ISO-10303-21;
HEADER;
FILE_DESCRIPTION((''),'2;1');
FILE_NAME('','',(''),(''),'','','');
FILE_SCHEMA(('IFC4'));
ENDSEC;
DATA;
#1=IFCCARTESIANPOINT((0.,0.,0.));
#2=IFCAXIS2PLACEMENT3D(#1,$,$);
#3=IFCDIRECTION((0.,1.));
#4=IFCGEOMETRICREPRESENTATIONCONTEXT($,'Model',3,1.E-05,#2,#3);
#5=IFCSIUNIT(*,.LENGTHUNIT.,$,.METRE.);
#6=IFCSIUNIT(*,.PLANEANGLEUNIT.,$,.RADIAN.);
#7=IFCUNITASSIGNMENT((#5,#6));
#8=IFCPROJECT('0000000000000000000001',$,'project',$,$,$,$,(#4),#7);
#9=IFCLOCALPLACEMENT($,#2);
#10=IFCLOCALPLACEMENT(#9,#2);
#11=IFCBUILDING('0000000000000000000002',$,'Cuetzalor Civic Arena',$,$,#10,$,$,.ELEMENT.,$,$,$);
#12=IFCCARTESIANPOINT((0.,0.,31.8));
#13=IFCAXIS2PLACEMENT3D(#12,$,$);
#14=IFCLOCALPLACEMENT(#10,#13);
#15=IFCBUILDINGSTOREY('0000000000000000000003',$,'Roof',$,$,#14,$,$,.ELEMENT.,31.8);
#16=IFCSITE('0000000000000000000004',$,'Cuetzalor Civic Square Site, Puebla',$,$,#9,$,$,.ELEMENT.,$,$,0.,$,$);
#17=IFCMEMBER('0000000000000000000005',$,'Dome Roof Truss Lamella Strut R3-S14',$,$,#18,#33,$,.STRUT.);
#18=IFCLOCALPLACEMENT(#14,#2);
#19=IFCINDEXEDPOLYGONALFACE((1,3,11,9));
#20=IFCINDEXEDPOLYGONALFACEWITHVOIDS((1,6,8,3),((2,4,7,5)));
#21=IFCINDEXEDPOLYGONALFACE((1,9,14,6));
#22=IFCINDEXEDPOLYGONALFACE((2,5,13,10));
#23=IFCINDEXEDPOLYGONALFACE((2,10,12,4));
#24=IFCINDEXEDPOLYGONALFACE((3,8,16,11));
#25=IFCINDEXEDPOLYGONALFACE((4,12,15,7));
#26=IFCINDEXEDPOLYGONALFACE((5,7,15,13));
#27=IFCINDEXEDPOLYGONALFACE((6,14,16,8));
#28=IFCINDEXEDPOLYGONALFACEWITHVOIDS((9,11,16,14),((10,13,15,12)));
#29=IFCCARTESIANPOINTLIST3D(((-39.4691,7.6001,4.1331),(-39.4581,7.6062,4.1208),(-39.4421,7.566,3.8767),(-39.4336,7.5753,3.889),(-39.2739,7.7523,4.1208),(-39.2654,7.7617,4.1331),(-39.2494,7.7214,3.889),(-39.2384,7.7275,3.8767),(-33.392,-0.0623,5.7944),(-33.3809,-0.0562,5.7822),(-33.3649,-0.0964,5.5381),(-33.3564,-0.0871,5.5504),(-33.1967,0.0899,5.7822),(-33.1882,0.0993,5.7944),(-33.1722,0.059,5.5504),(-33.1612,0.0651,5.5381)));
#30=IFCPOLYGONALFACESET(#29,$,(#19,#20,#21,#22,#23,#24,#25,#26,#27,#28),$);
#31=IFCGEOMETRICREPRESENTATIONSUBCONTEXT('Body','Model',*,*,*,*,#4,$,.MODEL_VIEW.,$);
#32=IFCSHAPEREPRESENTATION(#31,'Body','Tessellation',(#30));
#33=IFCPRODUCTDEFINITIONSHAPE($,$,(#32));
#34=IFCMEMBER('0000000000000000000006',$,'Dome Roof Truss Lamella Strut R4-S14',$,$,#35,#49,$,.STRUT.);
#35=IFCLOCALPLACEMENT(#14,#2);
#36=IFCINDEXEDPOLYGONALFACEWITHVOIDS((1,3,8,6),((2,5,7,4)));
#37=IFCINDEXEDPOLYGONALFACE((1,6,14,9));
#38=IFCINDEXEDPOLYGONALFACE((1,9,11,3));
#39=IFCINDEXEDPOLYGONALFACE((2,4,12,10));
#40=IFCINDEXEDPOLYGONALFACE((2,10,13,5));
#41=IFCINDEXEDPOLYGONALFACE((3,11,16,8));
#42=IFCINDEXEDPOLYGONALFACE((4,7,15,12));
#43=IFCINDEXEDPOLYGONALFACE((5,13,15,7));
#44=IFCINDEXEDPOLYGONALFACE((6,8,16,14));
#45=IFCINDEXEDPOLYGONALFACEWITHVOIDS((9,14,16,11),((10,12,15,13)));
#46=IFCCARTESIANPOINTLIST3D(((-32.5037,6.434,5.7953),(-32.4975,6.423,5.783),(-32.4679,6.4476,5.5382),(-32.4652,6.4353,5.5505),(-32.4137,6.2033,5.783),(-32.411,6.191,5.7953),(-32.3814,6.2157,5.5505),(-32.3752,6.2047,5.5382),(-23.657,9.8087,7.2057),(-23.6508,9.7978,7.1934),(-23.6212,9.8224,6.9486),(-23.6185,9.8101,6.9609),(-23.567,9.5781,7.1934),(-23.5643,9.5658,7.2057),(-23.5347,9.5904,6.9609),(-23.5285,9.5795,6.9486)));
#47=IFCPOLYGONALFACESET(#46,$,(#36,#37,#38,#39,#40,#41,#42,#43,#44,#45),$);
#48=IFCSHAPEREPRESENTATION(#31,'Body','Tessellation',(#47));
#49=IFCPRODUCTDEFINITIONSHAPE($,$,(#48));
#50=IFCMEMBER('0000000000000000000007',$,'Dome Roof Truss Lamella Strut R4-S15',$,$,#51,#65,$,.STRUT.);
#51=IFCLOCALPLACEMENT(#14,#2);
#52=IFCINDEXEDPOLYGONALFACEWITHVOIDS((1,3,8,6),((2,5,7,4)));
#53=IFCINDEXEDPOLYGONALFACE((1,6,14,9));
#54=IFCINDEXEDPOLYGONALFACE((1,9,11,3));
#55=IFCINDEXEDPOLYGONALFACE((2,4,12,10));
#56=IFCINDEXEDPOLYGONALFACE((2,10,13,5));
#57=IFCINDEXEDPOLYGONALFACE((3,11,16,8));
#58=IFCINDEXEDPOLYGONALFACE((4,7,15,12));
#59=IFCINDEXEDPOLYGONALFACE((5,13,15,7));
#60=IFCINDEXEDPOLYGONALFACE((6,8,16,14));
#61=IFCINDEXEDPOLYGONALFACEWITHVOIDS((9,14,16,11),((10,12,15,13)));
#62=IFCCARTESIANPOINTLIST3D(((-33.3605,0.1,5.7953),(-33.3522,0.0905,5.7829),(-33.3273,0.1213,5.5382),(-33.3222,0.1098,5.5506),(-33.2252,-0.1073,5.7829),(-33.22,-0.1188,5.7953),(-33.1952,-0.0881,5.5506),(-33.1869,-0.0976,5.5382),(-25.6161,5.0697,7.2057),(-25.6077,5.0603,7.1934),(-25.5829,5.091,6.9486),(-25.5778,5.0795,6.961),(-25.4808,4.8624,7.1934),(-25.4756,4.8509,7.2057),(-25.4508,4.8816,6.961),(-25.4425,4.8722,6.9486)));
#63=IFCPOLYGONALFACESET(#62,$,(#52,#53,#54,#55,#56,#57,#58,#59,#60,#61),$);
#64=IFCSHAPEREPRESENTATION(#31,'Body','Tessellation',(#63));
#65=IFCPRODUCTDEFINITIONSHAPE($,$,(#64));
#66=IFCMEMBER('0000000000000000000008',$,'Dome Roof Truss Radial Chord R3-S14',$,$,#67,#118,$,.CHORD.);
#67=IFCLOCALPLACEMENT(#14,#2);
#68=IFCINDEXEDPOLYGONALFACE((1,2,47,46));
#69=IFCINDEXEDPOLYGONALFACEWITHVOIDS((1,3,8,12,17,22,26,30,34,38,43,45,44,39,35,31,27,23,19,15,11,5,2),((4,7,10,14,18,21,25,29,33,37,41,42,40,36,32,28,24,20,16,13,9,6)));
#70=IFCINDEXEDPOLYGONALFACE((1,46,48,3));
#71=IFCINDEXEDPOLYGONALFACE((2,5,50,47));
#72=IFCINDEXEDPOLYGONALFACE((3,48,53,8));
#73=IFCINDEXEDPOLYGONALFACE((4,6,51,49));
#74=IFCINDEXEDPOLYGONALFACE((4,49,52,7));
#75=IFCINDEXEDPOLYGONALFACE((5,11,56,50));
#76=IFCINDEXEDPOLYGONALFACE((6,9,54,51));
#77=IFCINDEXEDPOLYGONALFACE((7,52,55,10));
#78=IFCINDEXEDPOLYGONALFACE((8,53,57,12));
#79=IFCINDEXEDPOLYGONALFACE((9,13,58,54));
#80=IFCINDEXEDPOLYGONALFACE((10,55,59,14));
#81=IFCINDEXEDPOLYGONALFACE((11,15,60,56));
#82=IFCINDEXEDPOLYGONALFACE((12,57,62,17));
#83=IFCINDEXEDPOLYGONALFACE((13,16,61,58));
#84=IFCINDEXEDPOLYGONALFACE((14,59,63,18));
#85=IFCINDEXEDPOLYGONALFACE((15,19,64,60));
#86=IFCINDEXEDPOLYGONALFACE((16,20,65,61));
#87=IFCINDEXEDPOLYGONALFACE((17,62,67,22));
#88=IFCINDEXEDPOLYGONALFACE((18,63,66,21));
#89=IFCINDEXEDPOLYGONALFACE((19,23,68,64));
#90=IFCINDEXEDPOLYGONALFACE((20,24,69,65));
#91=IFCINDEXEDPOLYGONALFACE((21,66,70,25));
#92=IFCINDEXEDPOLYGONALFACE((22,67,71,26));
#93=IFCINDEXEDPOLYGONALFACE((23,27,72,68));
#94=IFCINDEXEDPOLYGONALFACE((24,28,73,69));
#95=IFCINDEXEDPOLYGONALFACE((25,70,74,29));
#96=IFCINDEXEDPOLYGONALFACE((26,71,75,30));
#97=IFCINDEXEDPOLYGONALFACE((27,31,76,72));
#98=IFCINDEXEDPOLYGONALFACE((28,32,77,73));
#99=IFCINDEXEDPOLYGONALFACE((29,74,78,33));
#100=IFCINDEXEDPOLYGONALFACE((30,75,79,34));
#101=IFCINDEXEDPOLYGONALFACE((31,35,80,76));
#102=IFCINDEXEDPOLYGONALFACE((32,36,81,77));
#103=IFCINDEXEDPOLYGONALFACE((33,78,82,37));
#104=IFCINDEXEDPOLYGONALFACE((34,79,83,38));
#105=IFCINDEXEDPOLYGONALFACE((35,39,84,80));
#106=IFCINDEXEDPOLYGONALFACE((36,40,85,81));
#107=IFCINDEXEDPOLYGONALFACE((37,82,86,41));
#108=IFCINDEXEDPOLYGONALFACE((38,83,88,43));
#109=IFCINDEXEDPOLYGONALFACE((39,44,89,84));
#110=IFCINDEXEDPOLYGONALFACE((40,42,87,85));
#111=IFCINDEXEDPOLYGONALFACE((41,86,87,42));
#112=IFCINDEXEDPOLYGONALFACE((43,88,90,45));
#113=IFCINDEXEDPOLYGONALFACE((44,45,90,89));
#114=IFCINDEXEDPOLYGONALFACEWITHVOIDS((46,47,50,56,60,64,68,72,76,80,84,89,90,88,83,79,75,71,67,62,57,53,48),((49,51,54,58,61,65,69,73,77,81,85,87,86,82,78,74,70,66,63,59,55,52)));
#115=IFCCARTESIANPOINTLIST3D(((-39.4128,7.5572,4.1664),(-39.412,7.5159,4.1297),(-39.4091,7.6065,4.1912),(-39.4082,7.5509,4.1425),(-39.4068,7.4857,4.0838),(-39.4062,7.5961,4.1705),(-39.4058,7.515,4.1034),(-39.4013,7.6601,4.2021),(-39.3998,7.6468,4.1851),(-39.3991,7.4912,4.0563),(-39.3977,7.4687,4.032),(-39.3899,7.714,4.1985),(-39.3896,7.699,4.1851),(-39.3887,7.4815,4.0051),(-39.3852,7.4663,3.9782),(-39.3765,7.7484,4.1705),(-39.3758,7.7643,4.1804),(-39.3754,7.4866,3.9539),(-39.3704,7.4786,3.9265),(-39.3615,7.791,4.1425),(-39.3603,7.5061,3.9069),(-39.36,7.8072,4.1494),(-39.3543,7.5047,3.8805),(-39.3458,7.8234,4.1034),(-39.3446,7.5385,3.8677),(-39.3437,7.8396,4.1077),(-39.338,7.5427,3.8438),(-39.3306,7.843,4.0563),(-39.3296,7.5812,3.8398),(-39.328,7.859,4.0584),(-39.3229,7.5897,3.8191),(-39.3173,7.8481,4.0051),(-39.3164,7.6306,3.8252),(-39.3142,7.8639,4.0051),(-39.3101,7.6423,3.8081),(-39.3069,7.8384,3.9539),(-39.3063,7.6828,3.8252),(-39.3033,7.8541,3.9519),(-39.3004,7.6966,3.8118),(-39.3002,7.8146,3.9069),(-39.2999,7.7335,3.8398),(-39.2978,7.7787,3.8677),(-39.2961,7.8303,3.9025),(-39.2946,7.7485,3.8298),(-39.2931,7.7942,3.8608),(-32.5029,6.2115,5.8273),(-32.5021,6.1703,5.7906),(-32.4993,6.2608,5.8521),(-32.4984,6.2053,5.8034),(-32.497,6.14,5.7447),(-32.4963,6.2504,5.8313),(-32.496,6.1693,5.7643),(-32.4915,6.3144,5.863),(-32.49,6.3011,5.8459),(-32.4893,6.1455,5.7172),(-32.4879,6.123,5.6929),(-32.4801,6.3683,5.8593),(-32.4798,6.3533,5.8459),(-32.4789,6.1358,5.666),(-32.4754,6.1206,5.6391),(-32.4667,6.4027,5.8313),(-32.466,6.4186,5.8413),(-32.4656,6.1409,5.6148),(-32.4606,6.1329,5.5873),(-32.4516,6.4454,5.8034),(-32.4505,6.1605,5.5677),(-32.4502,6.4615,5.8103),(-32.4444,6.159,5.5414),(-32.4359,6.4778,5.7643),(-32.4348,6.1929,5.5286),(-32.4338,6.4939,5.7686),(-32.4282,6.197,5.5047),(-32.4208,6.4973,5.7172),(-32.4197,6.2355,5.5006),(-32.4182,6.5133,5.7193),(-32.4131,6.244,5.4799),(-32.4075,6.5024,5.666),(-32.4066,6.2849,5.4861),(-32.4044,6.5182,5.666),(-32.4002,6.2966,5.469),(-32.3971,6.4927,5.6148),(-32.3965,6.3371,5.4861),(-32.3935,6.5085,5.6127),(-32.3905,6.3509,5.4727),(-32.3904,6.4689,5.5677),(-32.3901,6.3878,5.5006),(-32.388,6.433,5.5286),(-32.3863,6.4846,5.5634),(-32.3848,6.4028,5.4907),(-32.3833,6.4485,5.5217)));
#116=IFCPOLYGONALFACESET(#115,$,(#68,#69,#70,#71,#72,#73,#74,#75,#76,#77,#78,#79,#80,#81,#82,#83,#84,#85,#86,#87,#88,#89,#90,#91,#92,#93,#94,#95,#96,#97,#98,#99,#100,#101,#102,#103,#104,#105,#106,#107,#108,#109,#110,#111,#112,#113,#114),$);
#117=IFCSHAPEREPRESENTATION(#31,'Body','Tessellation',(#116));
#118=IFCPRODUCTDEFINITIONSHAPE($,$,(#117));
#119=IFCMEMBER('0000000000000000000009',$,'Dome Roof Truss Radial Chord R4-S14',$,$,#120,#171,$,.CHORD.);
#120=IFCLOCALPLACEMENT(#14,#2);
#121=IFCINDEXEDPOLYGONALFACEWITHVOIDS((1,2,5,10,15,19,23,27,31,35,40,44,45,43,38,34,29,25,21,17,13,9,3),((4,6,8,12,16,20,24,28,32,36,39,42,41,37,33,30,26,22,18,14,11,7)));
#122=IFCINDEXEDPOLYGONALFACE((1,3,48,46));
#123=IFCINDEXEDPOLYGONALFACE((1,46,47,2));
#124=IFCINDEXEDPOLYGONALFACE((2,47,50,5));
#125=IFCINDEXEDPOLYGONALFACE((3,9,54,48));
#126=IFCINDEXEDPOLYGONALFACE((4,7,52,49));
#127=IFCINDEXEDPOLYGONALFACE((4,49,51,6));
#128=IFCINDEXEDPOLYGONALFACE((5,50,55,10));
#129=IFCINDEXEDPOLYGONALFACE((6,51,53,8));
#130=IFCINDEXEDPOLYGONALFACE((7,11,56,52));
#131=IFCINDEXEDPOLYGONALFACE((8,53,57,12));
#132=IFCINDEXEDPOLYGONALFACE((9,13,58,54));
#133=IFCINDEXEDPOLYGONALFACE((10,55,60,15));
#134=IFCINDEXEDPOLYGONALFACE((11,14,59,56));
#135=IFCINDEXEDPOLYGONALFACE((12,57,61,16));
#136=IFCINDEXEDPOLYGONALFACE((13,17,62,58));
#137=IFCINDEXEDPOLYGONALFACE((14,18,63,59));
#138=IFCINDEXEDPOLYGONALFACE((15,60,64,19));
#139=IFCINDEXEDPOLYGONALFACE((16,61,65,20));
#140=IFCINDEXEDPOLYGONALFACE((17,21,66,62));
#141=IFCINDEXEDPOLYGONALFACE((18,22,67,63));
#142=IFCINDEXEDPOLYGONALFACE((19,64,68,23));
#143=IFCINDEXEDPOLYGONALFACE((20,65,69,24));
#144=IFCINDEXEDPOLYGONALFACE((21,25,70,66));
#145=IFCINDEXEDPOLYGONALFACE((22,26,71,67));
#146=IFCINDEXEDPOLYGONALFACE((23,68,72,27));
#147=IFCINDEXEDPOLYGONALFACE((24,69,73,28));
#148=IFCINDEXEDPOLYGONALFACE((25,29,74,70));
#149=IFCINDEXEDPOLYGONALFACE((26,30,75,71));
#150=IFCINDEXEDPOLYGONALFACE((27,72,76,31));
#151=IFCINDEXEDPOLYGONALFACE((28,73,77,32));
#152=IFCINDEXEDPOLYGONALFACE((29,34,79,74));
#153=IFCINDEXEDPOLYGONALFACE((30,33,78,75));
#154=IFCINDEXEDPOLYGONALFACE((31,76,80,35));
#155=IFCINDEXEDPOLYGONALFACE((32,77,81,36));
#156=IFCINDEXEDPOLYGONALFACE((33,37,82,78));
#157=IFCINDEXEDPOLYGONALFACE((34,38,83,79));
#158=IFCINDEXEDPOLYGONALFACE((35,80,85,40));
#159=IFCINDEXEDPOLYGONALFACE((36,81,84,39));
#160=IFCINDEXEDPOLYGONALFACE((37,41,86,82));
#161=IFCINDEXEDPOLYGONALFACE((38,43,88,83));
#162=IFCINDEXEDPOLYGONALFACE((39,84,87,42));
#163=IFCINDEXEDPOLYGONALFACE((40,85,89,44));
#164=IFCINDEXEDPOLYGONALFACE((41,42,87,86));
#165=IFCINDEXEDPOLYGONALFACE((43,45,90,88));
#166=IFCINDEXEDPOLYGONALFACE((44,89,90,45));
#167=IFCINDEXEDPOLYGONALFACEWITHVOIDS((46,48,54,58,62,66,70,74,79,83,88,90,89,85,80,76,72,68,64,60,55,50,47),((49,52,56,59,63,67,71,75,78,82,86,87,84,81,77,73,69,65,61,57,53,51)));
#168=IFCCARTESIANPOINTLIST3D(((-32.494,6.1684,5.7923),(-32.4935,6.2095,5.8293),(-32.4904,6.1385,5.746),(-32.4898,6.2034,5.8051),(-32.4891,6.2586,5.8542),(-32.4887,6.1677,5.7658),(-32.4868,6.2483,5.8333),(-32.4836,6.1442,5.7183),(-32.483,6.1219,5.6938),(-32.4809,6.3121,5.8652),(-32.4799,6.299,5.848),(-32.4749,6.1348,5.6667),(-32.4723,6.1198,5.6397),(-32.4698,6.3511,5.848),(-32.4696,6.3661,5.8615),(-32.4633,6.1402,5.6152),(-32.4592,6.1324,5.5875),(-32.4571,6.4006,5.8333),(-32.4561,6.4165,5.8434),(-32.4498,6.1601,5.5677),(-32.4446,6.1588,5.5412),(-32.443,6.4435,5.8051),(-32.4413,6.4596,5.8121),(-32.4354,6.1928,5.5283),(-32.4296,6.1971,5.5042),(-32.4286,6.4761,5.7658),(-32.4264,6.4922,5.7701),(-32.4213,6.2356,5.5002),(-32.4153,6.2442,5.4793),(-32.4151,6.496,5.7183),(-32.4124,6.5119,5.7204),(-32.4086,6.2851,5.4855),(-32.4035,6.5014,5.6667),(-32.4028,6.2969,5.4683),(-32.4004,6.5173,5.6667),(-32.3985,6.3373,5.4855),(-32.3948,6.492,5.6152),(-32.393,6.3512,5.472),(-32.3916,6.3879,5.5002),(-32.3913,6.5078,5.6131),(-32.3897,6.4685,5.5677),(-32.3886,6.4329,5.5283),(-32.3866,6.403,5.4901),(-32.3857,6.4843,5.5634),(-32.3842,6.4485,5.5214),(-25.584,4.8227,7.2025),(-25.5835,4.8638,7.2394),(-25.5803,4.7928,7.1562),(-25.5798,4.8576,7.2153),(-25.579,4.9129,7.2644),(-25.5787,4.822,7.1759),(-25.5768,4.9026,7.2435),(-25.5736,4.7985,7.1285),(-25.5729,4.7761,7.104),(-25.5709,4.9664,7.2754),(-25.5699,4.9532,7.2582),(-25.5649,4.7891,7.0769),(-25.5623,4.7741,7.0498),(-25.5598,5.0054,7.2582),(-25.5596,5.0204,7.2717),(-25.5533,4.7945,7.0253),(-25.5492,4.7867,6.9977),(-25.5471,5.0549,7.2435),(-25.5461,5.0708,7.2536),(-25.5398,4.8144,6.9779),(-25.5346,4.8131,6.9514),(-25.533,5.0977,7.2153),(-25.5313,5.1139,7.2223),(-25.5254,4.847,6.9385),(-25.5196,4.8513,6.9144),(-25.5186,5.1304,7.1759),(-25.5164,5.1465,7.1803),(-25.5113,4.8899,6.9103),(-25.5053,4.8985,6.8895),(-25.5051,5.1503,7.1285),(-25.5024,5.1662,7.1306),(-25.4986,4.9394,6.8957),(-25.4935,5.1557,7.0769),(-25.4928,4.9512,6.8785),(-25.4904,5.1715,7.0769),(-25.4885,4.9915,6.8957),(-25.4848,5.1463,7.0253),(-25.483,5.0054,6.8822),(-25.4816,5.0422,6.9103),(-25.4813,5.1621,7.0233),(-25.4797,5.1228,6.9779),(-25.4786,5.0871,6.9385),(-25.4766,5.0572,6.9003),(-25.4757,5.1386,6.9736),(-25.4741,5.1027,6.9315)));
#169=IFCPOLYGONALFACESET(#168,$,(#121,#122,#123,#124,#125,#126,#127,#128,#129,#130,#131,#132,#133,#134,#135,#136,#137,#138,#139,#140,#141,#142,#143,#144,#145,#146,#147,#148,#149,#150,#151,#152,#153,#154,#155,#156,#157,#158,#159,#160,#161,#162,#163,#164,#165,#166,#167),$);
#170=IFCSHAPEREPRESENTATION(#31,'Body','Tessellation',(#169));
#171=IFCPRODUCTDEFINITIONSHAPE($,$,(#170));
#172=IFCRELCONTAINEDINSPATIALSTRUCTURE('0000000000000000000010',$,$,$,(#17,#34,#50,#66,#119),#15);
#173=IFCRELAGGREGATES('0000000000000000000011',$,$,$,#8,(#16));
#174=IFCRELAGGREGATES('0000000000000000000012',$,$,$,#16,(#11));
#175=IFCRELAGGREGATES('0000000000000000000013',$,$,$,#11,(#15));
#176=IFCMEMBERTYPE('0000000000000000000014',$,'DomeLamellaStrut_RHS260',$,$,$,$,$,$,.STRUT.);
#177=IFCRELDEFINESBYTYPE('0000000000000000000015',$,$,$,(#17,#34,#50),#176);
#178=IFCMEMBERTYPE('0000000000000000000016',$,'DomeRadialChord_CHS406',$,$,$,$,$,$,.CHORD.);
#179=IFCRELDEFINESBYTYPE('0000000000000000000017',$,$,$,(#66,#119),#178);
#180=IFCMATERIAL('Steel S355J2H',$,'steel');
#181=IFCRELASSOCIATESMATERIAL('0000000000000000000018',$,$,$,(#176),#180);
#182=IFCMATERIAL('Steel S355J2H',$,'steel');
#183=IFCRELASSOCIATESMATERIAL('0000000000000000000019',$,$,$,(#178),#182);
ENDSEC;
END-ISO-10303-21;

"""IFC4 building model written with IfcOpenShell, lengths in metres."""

from ifc_helpers import new_model, si_unit, direction, frame, origin, origin_2d, place, context, subcontext, project, spatial, hollow_rectangle, hollow_circle, extrude, material, material_profile, profile_set, type_object, element, save


model = new_model("IFC4")

# Units and contexts
model_context = context("Model", 3, precision=1e-05, world=origin(), true_north=direction((0.0, 1.0)))
body_context = subcontext(model_context, "Body", "Model", "MODEL_VIEW")
ifc_project = project(units=[si_unit("LENGTHUNIT", "METRE"), si_unit("PLANEANGLEUNIT", "RADIAN")], contexts=[model_context])

# Site, building, storey
site_placement = place(None, origin())
site = spatial("IfcSite", under=ifc_project, at=site_placement, Name="Cuetzalor Civic Square Site, Puebla", CompositionType="ELEMENT", RefElevation=0.0)
building_placement = place(site_placement, origin())
building = spatial("IfcBuilding", under=site, at=building_placement, Name="Cuetzalor Civic Arena", CompositionType="ELEMENT")
storey_placement = place(building_placement, frame((0.0, 0.0, 31.8)))
storey = spatial("IfcBuildingStorey", under=building, at=storey_placement, Name="Roof", CompositionType="ELEMENT", Elevation=31.8)

# Members
ifc_material_1 = material(Name="Steel S355J2H", Category="steel")
ifc_material_profile_1 = material_profile(ifc_material_1, hollow_rectangle(XDim=0.26, YDim=0.26, WallThickness=0.0125, at=origin_2d()), Name="RHS 260x260x12.5")
ifc_profile_set_1 = profile_set([ifc_material_profile_1], Name="Steel S355J2H")
member_type_1 = type_object("IfcMemberType", Name="DomeLamellaStrut_RHS260", PredefinedType="STRUT", material=ifc_profile_set_1)
member_1_placement = place(storey_placement, frame((-39.3538, 7.6638, 4.0049), z_axis=(0.612625, -0.772426, 0.16748), x_axis=(0.783492, 0.621402, 0.0)))
element("IfcMember", 1, at=member_1_placement, inside=storey, type_object=member_type_1, Name="Dome Roof Truss Lamella Strut R3-S14", PredefinedType="STRUT", context=body_context, shape_type="SweptSolid", body=[
    extrude(hollow_rectangle(XDim=0.26, YDim=0.26, WallThickness=0.0125, at=origin_2d()), origin(), (0.0, 0.0, 1.0), 9.9199),
])
member_2_placement = place(storey_placement, frame((-32.4395, 6.3193, 5.6667), z_axis=(0.92413, 0.352529, 0.147331), x_axis=(-0.356419, 0.934326, 0.0)))
element("IfcMember", 2, at=member_2_placement, inside=storey, type_object=member_type_1, Name="Dome Roof Truss Lamella Strut R4-S14", PredefinedType="STRUT", context=body_context, shape_type="SweptSolid", body=[
    extrude(hollow_rectangle(XDim=0.26, YDim=0.26, WallThickness=0.0125, at=origin_2d()), origin(), (0.0, 0.0, 1.0), 9.573),
])
member_3_placement = place(storey_placement, frame((-33.2737, 0.0012, 5.6667), z_axis=(0.831898, 0.533846, 0.151505), x_axis=(-0.54008, 0.841614, 0.0)))
element("IfcMember", 3, at=member_3_placement, inside=storey, type_object=member_type_1, Name="Dome Roof Truss Lamella Strut R4-S15", PredefinedType="STRUT", context=body_context, shape_type="SweptSolid", body=[
    extrude(hollow_rectangle(XDim=0.26, YDim=0.26, WallThickness=0.0125, at=origin_2d()), origin(), (0.0, 0.0, 1.0), 9.3093),
])
ifc_material_2 = material(Name="Steel S355J2H", Category="steel")
ifc_material_profile_2 = material_profile(ifc_material_2, hollow_circle(Radius=0.2029, WallThickness=0.0161, at=origin_2d()), Name="CHS 406x16")
ifc_profile_set_2 = profile_set([ifc_material_profile_2], Name="Steel S355J2H")
member_type_2 = type_object("IfcMemberType", Name="DomeRadialChord_CHS406", PredefinedType="CHORD", material=ifc_profile_set_2)
member_4_placement = place(storey_placement, frame((-39.353, 7.6648, 4.0051), z_axis=(0.955331, -0.18605, 0.229626), x_axis=(0.191158, 0.981559, 0.0)))
element("IfcMember", 4, at=member_4_placement, inside=storey, type_object=member_type_2, Name="Dome Roof Truss Radial Chord R3-S14", PredefinedType="CHORD", context=body_context, shape_type="SweptSolid", body=[
    extrude(hollow_circle(Radius=0.2029, WallThickness=0.0161, at=origin_2d()), origin(), (0.0, 0.0, 1.0), 7.2329),
])
member_5_placement = place(storey_placement, frame((-32.4392, 6.3181, 5.6667), z_axis=(0.96244, -0.187435, 0.196412), x_axis=(0.191158, 0.981559, 0.0)))
element("IfcMember", 5, at=member_5_placement, inside=storey, type_object=member_type_2, Name="Dome Roof Truss Radial Chord R4-S14", PredefinedType="CHORD", context=body_context, shape_type="SweptSolid", body=[
    extrude(hollow_circle(Radius=0.2029, WallThickness=0.0161, at=origin_2d()), origin(), (0.0, 0.0, 1.0), 7.1797),
])

save(model, "model.ifc")
